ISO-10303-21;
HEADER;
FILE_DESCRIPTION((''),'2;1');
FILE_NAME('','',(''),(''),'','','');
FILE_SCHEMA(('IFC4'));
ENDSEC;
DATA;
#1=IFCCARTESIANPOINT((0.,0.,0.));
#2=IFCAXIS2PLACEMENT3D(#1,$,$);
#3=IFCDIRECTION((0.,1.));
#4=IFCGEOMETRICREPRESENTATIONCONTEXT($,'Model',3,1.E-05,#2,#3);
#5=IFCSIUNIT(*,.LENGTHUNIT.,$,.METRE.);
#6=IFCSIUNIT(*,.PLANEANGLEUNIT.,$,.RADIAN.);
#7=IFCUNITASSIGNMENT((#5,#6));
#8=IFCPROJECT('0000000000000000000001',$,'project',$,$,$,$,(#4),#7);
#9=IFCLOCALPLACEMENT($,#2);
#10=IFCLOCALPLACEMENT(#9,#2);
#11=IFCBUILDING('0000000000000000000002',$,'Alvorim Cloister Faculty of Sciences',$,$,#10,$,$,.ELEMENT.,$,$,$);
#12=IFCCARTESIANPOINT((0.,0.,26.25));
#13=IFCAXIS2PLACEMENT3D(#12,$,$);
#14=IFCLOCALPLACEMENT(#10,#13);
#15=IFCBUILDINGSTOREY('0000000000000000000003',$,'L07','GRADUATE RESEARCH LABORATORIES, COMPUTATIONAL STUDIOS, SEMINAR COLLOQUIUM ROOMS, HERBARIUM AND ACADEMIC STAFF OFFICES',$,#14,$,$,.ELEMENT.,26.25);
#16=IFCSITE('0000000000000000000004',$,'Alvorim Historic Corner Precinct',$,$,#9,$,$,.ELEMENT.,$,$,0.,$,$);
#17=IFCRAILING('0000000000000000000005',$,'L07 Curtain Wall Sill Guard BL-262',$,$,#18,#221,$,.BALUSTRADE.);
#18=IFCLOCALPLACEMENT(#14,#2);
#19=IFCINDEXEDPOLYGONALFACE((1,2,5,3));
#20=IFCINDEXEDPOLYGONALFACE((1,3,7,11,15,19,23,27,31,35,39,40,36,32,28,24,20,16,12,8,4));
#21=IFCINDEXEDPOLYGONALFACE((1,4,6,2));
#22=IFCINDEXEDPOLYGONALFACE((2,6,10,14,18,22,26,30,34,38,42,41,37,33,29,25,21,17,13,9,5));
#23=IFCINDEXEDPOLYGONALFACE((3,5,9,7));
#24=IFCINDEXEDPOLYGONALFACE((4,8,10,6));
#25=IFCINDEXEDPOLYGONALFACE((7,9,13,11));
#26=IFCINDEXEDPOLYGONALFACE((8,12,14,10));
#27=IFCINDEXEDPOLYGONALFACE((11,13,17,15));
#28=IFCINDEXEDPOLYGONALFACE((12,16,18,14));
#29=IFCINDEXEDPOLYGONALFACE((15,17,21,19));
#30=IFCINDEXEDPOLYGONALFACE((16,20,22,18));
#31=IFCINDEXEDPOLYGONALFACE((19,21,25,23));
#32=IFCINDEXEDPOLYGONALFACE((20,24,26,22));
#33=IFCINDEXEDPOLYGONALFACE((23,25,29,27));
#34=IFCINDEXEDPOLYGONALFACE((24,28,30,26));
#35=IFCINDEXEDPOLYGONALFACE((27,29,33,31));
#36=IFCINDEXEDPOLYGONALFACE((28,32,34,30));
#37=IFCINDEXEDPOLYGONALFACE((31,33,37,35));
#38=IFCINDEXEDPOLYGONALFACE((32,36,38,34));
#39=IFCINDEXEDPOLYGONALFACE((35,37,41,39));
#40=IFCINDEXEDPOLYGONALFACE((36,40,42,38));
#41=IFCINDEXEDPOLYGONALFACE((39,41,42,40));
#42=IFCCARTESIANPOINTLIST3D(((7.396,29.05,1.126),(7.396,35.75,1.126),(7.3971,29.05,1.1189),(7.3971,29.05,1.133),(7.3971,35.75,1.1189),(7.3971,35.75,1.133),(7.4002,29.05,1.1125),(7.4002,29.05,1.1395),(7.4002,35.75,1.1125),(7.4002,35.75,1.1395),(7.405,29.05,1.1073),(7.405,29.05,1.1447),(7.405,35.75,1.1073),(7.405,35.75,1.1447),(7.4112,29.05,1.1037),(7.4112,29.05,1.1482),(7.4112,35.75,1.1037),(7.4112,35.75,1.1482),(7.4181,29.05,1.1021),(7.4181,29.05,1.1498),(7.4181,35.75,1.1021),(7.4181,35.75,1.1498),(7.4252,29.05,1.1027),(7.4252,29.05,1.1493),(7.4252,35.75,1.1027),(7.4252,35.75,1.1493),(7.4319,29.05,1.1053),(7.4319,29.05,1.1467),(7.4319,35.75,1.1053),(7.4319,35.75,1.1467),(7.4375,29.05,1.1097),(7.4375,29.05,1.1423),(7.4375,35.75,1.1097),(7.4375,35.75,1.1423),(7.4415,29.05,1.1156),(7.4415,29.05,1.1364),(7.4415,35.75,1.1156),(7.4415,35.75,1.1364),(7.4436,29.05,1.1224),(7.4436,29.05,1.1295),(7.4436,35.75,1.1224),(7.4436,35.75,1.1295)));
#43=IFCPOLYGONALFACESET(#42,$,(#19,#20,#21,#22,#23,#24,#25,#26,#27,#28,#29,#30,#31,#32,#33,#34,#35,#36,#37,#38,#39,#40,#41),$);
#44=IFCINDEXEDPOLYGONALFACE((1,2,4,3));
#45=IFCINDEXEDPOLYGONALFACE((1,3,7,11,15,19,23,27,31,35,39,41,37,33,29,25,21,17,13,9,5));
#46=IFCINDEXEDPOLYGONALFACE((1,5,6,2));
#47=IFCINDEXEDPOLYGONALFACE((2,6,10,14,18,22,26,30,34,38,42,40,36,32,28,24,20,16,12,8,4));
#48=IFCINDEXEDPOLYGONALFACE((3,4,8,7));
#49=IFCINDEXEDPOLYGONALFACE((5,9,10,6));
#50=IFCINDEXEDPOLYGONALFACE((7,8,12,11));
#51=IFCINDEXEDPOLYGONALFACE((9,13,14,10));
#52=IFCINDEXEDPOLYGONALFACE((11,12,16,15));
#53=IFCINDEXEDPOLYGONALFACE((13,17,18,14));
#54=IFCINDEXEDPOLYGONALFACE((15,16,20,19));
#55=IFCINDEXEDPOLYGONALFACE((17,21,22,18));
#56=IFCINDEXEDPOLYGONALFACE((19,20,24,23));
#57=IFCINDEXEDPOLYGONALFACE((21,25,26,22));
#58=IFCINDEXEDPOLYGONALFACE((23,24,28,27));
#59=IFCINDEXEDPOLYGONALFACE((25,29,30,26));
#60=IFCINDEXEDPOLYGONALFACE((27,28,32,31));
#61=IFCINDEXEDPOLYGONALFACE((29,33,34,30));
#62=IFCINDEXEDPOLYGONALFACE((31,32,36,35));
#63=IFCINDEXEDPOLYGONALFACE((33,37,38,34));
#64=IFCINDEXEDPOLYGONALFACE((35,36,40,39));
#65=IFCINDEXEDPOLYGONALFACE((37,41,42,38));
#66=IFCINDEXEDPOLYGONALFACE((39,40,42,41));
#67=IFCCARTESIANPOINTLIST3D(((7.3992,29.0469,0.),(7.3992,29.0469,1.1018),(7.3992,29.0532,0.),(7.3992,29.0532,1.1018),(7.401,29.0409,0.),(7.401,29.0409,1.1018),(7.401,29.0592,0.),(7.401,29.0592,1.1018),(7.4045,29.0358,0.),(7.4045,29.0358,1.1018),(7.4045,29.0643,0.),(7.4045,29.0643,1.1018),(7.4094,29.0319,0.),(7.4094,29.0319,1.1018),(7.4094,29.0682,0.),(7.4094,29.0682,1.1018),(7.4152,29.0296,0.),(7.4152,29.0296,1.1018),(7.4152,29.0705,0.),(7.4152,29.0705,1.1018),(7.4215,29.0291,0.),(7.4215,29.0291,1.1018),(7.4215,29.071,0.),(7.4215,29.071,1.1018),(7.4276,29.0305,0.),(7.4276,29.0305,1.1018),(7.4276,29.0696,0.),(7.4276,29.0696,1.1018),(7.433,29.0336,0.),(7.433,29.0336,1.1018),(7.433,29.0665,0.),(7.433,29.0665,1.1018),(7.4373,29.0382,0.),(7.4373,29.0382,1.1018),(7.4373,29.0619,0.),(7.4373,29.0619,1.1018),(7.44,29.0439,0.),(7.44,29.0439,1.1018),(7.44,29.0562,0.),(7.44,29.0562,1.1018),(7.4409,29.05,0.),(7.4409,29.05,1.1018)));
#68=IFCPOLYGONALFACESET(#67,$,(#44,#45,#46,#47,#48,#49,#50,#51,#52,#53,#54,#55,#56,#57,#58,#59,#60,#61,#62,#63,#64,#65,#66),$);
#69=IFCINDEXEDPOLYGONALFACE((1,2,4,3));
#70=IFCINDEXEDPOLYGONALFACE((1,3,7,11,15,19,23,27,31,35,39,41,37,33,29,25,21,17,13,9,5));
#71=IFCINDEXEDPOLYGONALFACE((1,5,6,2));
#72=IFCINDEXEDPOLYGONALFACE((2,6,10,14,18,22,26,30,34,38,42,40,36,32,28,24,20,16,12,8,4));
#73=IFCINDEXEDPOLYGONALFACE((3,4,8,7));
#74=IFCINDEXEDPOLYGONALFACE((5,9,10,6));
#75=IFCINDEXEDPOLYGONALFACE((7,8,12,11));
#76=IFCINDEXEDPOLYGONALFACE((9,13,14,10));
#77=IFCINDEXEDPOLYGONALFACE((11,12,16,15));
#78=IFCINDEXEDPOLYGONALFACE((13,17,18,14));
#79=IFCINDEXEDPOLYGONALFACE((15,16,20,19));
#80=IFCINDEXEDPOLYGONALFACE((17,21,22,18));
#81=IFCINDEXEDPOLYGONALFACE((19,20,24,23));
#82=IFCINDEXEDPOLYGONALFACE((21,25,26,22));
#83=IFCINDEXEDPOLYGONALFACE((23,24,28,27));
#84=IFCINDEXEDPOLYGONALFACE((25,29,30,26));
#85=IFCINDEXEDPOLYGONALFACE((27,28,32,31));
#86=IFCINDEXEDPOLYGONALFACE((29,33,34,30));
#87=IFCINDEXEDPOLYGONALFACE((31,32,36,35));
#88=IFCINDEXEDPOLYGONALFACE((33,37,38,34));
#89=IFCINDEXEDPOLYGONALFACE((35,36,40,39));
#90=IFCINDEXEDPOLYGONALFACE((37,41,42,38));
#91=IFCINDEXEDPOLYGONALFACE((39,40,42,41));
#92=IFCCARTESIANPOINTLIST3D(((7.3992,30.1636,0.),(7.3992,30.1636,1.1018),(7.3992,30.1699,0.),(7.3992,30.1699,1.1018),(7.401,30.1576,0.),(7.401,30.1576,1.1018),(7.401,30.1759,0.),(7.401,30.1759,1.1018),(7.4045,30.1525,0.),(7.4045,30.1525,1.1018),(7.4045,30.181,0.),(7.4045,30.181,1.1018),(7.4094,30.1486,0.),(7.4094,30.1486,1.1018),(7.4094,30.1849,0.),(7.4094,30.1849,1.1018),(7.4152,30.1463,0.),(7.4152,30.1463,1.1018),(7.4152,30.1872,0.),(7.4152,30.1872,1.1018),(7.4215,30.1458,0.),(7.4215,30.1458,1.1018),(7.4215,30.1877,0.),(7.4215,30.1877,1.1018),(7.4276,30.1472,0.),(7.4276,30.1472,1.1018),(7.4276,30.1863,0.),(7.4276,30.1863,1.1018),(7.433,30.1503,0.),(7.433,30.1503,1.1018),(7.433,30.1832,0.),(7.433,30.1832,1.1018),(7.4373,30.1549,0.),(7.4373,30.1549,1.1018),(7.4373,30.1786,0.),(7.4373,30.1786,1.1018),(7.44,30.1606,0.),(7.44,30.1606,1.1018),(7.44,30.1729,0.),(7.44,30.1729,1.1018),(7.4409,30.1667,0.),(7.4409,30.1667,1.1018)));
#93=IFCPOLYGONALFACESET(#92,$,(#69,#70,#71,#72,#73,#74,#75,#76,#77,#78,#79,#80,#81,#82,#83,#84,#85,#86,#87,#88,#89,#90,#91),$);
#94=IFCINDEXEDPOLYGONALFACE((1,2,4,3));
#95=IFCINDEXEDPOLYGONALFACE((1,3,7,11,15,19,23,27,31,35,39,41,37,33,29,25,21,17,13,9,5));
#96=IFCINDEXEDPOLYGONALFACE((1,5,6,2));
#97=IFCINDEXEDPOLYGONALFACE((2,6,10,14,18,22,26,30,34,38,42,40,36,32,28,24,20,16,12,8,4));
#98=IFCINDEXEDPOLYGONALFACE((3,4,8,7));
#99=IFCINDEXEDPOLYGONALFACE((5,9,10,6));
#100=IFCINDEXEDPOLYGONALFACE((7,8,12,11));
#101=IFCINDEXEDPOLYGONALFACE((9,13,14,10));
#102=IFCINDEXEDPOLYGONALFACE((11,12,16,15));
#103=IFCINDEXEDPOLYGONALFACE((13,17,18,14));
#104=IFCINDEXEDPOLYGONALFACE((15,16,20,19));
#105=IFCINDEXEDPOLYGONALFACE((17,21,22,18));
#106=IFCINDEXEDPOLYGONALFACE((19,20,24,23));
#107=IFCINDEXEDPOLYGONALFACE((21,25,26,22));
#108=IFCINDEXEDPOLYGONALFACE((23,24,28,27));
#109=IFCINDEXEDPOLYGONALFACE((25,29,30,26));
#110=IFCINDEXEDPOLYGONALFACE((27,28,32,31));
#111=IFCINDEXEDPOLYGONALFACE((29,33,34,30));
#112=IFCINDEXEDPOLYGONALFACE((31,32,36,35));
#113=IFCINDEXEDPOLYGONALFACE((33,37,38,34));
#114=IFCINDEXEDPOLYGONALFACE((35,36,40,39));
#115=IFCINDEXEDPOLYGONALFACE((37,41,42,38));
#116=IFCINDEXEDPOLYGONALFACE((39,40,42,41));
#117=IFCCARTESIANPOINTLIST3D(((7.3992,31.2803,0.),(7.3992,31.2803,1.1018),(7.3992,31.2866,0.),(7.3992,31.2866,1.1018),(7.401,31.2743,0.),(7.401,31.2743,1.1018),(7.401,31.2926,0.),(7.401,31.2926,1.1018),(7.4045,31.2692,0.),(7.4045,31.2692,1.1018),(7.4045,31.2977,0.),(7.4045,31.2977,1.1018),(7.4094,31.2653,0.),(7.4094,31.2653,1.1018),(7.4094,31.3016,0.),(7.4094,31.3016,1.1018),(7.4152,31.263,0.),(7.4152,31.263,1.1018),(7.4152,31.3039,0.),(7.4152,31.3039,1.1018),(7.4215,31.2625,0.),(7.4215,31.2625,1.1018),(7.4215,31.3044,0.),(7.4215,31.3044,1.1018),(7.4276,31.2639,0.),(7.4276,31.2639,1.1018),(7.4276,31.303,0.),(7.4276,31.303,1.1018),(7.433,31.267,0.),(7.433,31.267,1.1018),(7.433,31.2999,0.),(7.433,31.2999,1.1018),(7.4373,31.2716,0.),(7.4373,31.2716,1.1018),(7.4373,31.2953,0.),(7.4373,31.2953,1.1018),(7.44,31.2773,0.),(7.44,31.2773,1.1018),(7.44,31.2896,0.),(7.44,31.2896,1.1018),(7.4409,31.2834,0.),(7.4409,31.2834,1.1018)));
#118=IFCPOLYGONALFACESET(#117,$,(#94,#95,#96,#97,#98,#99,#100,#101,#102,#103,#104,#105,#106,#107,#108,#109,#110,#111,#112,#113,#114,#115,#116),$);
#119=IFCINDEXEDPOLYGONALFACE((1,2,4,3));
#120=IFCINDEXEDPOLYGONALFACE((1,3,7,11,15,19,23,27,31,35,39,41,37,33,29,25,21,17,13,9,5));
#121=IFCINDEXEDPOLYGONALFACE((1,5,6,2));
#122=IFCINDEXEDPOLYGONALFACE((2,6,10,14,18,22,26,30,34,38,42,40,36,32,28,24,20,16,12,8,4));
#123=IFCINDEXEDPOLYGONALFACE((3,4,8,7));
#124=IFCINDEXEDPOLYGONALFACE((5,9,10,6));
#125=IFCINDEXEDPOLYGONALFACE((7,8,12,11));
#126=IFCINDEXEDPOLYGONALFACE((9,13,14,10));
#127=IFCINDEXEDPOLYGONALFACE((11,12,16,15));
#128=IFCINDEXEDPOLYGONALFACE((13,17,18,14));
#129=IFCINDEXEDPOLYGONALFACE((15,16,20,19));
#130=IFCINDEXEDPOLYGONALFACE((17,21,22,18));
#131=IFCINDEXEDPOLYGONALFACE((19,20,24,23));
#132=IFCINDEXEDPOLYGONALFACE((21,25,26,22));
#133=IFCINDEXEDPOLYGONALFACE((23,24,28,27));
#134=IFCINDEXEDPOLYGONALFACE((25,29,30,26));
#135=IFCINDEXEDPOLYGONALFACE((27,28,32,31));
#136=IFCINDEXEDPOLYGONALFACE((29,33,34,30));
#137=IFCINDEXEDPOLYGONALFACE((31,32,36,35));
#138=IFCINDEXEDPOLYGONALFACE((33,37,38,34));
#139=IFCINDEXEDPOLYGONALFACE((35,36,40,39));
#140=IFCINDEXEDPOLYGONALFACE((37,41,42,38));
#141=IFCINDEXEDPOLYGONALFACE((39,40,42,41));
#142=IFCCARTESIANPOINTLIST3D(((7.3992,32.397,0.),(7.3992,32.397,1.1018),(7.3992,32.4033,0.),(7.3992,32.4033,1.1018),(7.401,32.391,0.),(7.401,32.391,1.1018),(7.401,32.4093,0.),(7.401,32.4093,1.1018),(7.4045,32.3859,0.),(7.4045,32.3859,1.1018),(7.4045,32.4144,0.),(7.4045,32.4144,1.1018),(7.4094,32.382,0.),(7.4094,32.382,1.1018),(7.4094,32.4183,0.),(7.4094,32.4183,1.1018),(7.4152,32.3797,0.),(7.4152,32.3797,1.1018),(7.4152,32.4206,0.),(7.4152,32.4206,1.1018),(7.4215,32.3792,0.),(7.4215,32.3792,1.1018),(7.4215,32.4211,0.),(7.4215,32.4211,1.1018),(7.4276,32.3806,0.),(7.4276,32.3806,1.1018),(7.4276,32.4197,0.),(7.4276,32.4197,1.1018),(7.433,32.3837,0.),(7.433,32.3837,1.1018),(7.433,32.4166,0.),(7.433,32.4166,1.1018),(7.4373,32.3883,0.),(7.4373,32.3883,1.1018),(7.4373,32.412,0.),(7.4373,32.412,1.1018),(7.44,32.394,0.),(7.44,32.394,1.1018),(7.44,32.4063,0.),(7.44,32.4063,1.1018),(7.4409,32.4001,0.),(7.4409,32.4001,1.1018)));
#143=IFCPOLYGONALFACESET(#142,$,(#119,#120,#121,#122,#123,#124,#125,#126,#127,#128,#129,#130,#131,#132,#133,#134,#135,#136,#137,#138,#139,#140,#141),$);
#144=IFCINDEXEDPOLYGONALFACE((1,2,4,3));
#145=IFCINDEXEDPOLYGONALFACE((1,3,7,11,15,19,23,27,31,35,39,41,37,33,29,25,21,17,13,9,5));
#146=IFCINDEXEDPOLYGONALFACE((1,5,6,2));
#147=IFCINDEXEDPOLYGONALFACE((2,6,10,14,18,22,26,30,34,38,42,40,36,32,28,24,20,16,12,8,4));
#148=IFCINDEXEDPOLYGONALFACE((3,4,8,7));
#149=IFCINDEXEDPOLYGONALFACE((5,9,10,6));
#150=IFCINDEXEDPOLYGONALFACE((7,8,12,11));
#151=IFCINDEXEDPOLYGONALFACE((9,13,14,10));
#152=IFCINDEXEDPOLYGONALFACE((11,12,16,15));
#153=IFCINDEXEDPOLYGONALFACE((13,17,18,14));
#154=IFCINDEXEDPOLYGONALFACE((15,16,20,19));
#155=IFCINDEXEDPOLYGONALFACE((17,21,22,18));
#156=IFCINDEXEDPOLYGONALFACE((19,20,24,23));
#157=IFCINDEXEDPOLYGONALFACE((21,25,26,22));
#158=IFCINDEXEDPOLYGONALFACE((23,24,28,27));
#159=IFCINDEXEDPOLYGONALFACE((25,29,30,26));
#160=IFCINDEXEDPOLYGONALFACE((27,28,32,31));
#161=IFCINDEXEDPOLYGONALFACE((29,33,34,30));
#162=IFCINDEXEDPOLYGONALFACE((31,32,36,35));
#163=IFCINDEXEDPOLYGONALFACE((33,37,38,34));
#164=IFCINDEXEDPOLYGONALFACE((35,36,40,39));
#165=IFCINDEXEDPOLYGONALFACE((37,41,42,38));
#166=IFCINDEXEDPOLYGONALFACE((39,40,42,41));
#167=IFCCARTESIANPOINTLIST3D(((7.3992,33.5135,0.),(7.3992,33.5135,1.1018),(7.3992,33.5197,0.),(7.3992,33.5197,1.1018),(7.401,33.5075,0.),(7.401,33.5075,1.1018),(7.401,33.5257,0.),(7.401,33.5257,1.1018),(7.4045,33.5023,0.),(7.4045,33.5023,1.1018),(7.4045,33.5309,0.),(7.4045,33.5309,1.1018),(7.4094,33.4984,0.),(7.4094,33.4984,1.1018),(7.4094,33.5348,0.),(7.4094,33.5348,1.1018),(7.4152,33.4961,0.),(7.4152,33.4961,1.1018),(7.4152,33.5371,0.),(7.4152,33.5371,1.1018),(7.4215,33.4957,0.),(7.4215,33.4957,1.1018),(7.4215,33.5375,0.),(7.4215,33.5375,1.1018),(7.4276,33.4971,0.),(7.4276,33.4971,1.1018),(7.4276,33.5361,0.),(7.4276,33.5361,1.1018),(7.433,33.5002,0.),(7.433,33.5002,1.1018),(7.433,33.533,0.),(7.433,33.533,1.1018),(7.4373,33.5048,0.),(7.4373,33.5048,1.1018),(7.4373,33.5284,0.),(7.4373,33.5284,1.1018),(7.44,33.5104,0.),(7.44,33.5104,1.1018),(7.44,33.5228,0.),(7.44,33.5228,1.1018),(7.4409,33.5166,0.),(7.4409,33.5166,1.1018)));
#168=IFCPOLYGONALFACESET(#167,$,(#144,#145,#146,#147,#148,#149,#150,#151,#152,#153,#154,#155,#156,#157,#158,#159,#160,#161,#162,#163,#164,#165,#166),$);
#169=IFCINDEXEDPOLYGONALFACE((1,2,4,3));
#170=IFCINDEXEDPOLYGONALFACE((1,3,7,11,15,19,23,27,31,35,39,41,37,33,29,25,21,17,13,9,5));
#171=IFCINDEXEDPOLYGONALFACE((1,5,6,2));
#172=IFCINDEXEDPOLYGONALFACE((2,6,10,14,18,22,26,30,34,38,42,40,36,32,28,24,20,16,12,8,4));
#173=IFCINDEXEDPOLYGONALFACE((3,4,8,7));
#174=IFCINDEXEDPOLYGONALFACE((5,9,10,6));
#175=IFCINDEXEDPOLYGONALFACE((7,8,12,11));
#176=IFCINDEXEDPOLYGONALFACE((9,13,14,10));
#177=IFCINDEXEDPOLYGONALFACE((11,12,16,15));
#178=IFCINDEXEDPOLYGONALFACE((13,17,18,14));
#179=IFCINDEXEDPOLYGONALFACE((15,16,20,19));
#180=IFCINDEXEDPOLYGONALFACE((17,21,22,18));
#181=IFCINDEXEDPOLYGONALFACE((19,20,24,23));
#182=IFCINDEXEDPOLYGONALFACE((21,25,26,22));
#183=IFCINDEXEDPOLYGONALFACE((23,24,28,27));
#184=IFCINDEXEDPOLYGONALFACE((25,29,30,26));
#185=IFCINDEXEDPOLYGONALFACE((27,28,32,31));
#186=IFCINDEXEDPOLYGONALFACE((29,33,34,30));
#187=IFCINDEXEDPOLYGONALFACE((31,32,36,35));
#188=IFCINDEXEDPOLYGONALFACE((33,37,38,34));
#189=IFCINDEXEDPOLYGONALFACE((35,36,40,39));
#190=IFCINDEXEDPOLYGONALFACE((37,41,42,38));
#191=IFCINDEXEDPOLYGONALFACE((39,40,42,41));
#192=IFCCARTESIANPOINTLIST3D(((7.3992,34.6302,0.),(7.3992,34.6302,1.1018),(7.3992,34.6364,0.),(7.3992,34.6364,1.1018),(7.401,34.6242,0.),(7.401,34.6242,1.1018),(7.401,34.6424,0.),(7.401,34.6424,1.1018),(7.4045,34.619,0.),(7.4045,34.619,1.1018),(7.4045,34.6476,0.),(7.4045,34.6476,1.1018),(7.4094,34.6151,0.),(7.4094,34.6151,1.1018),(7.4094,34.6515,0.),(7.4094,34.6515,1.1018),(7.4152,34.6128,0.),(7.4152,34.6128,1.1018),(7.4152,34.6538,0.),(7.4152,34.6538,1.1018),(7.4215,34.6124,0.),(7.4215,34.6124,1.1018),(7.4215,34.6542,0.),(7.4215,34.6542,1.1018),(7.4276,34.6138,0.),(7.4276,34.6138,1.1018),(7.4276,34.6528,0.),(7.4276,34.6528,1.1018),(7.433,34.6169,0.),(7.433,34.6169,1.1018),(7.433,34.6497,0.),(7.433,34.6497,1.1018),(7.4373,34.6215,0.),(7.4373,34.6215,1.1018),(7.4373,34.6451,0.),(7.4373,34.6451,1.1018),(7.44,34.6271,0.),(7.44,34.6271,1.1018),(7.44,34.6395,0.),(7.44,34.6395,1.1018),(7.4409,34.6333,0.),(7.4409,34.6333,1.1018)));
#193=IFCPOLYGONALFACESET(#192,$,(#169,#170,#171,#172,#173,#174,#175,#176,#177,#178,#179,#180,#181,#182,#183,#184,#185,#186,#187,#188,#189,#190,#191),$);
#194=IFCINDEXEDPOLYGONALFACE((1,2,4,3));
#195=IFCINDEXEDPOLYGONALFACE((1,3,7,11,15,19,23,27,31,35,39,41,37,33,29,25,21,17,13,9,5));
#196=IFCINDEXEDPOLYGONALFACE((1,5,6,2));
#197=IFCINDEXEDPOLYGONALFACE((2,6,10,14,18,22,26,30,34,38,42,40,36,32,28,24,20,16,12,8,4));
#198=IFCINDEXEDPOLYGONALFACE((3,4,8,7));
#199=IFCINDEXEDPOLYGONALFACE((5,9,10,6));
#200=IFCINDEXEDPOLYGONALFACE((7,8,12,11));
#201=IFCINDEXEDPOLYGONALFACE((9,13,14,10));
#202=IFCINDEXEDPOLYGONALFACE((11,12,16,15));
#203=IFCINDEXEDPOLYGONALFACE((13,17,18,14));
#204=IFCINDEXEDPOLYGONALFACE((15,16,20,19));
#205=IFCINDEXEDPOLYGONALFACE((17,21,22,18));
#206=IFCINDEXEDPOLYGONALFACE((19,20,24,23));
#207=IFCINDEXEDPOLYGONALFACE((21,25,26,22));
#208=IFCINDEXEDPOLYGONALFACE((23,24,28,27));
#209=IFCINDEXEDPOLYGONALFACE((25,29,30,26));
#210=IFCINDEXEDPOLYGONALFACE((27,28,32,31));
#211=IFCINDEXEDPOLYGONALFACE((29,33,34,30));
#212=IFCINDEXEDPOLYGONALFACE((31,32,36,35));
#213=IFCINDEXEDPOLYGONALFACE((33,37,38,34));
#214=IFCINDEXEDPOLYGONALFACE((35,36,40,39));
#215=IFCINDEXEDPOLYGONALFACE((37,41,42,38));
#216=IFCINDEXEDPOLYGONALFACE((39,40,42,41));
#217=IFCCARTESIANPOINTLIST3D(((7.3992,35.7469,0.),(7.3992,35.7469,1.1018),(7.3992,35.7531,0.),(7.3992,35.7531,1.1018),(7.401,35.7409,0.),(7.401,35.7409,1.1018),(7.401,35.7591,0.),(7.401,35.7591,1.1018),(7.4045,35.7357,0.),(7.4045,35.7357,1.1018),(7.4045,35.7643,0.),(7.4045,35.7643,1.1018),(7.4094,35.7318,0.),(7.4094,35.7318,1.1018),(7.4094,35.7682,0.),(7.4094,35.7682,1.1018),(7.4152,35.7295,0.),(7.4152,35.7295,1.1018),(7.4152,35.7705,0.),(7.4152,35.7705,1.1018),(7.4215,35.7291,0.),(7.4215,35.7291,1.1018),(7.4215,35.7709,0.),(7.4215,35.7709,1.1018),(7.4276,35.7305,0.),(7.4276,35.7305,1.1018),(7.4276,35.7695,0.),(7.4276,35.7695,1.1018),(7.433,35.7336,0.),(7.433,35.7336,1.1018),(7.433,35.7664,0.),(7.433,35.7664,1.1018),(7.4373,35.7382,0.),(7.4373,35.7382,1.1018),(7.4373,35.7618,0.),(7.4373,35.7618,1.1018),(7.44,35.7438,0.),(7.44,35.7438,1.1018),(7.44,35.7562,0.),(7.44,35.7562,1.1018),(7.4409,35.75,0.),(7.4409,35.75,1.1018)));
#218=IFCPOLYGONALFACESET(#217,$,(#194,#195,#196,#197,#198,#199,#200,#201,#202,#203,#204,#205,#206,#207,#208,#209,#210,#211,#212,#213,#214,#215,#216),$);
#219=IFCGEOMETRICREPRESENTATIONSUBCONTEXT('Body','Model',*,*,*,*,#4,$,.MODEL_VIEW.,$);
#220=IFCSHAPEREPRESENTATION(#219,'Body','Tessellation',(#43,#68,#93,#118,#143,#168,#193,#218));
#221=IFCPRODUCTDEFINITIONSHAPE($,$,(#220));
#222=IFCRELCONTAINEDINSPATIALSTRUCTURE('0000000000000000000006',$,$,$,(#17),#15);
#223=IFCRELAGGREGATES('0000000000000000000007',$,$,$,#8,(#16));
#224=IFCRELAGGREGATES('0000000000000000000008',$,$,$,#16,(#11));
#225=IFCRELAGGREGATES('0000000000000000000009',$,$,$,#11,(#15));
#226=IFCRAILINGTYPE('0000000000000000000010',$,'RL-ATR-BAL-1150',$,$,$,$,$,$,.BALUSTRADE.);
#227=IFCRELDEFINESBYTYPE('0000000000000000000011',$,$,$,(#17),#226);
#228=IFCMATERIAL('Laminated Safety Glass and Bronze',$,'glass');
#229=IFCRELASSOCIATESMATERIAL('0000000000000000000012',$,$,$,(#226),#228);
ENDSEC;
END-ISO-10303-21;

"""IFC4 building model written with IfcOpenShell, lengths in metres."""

from ifc_helpers import new_model, si_unit, direction, frame, origin, origin_2d, place, context, subcontext, project, spatial, circle, extrude, material, type_object, element, save


model = new_model("IFC4")

# Units and contexts
model_context = context("Model", 3, precision=1e-05, world=origin(), true_north=direction((0.0, 1.0)))
body_context = subcontext(model_context, "Body", "Model", "MODEL_VIEW")
ifc_project = project(units=[si_unit("LENGTHUNIT", "METRE"), si_unit("PLANEANGLEUNIT", "RADIAN")], contexts=[model_context])

# Site, building, storey
site_placement = place(None, origin())
site = spatial("IfcSite", under=ifc_project, at=site_placement, Name="Alvorim Historic Corner Precinct", CompositionType="ELEMENT", RefElevation=0.0)
building_placement = place(site_placement, origin())
building = spatial("IfcBuilding", under=site, at=building_placement, Name="Alvorim Cloister Faculty of Sciences", CompositionType="ELEMENT")
storey_placement = place(building_placement, frame((0.0, 0.0, 26.25)))
storey = spatial("IfcBuildingStorey", under=building, at=storey_placement, Name="L07", Description="GRADUATE RESEARCH LABORATORIES, COMPUTATIONAL STUDIOS, SEMINAR COLLOQUIUM ROOMS, HERBARIUM AND ACADEMIC STAFF OFFICES", CompositionType="ELEMENT", Elevation=26.25)

# Railing
ifc_material_1 = material(Name="Laminated Safety Glass and Bronze", Category="glass")
railing_type = type_object("IfcRailingType", Name="RL-ATR-BAL-1150", PredefinedType="BALUSTRADE", material=ifc_material_1)
railing_placement = place(storey_placement, frame((7.4199, 29.05, 0.0)))
element("IfcRailing", 1, at=railing_placement, inside=storey, type_object=railing_type, Name="L07 Curtain Wall Sill Guard BL-262", PredefinedType="BALUSTRADE", context=body_context, shape_type="SweptSolid", body=[
    extrude(circle(Radius=0.0239, at=origin_2d()), frame((0.0, 0.0, 1.126), z_axis=(0.0, 1.0, 0.0), x_axis=(-1.0, 0.0, 0.0)), (0.0, 0.0, 1.0), 6.7),
    extrude(circle(Radius=0.021, at=origin_2d()), origin(), (0.0, 0.0, 1.0), 1.1018),
    extrude(circle(Radius=0.021, at=origin_2d()), frame((0.0, 1.1167, 0.0)), (0.0, 0.0, 1.0), 1.1018),
    extrude(circle(Radius=0.021, at=origin_2d()), frame((0.0, 2.2334, 0.0)), (0.0, 0.0, 1.0), 1.1018),
    extrude(circle(Radius=0.021, at=origin_2d()), frame((0.0, 3.3501, 0.0)), (0.0, 0.0, 1.0), 1.1018),
    extrude(circle(Radius=0.021, at=origin_2d()), frame((0.0, 4.4666, 0.0)), (0.0, 0.0, 1.0), 1.1018),
    extrude(circle(Radius=0.021, at=origin_2d()), frame((0.0, 5.5833, 0.0)), (0.0, 0.0, 1.0), 1.1018),
    extrude(circle(Radius=0.021, at=origin_2d()), frame((0.0, 6.7, 0.0)), (0.0, 0.0, 1.0), 1.1018),
])

save(model, "model.ifc")
